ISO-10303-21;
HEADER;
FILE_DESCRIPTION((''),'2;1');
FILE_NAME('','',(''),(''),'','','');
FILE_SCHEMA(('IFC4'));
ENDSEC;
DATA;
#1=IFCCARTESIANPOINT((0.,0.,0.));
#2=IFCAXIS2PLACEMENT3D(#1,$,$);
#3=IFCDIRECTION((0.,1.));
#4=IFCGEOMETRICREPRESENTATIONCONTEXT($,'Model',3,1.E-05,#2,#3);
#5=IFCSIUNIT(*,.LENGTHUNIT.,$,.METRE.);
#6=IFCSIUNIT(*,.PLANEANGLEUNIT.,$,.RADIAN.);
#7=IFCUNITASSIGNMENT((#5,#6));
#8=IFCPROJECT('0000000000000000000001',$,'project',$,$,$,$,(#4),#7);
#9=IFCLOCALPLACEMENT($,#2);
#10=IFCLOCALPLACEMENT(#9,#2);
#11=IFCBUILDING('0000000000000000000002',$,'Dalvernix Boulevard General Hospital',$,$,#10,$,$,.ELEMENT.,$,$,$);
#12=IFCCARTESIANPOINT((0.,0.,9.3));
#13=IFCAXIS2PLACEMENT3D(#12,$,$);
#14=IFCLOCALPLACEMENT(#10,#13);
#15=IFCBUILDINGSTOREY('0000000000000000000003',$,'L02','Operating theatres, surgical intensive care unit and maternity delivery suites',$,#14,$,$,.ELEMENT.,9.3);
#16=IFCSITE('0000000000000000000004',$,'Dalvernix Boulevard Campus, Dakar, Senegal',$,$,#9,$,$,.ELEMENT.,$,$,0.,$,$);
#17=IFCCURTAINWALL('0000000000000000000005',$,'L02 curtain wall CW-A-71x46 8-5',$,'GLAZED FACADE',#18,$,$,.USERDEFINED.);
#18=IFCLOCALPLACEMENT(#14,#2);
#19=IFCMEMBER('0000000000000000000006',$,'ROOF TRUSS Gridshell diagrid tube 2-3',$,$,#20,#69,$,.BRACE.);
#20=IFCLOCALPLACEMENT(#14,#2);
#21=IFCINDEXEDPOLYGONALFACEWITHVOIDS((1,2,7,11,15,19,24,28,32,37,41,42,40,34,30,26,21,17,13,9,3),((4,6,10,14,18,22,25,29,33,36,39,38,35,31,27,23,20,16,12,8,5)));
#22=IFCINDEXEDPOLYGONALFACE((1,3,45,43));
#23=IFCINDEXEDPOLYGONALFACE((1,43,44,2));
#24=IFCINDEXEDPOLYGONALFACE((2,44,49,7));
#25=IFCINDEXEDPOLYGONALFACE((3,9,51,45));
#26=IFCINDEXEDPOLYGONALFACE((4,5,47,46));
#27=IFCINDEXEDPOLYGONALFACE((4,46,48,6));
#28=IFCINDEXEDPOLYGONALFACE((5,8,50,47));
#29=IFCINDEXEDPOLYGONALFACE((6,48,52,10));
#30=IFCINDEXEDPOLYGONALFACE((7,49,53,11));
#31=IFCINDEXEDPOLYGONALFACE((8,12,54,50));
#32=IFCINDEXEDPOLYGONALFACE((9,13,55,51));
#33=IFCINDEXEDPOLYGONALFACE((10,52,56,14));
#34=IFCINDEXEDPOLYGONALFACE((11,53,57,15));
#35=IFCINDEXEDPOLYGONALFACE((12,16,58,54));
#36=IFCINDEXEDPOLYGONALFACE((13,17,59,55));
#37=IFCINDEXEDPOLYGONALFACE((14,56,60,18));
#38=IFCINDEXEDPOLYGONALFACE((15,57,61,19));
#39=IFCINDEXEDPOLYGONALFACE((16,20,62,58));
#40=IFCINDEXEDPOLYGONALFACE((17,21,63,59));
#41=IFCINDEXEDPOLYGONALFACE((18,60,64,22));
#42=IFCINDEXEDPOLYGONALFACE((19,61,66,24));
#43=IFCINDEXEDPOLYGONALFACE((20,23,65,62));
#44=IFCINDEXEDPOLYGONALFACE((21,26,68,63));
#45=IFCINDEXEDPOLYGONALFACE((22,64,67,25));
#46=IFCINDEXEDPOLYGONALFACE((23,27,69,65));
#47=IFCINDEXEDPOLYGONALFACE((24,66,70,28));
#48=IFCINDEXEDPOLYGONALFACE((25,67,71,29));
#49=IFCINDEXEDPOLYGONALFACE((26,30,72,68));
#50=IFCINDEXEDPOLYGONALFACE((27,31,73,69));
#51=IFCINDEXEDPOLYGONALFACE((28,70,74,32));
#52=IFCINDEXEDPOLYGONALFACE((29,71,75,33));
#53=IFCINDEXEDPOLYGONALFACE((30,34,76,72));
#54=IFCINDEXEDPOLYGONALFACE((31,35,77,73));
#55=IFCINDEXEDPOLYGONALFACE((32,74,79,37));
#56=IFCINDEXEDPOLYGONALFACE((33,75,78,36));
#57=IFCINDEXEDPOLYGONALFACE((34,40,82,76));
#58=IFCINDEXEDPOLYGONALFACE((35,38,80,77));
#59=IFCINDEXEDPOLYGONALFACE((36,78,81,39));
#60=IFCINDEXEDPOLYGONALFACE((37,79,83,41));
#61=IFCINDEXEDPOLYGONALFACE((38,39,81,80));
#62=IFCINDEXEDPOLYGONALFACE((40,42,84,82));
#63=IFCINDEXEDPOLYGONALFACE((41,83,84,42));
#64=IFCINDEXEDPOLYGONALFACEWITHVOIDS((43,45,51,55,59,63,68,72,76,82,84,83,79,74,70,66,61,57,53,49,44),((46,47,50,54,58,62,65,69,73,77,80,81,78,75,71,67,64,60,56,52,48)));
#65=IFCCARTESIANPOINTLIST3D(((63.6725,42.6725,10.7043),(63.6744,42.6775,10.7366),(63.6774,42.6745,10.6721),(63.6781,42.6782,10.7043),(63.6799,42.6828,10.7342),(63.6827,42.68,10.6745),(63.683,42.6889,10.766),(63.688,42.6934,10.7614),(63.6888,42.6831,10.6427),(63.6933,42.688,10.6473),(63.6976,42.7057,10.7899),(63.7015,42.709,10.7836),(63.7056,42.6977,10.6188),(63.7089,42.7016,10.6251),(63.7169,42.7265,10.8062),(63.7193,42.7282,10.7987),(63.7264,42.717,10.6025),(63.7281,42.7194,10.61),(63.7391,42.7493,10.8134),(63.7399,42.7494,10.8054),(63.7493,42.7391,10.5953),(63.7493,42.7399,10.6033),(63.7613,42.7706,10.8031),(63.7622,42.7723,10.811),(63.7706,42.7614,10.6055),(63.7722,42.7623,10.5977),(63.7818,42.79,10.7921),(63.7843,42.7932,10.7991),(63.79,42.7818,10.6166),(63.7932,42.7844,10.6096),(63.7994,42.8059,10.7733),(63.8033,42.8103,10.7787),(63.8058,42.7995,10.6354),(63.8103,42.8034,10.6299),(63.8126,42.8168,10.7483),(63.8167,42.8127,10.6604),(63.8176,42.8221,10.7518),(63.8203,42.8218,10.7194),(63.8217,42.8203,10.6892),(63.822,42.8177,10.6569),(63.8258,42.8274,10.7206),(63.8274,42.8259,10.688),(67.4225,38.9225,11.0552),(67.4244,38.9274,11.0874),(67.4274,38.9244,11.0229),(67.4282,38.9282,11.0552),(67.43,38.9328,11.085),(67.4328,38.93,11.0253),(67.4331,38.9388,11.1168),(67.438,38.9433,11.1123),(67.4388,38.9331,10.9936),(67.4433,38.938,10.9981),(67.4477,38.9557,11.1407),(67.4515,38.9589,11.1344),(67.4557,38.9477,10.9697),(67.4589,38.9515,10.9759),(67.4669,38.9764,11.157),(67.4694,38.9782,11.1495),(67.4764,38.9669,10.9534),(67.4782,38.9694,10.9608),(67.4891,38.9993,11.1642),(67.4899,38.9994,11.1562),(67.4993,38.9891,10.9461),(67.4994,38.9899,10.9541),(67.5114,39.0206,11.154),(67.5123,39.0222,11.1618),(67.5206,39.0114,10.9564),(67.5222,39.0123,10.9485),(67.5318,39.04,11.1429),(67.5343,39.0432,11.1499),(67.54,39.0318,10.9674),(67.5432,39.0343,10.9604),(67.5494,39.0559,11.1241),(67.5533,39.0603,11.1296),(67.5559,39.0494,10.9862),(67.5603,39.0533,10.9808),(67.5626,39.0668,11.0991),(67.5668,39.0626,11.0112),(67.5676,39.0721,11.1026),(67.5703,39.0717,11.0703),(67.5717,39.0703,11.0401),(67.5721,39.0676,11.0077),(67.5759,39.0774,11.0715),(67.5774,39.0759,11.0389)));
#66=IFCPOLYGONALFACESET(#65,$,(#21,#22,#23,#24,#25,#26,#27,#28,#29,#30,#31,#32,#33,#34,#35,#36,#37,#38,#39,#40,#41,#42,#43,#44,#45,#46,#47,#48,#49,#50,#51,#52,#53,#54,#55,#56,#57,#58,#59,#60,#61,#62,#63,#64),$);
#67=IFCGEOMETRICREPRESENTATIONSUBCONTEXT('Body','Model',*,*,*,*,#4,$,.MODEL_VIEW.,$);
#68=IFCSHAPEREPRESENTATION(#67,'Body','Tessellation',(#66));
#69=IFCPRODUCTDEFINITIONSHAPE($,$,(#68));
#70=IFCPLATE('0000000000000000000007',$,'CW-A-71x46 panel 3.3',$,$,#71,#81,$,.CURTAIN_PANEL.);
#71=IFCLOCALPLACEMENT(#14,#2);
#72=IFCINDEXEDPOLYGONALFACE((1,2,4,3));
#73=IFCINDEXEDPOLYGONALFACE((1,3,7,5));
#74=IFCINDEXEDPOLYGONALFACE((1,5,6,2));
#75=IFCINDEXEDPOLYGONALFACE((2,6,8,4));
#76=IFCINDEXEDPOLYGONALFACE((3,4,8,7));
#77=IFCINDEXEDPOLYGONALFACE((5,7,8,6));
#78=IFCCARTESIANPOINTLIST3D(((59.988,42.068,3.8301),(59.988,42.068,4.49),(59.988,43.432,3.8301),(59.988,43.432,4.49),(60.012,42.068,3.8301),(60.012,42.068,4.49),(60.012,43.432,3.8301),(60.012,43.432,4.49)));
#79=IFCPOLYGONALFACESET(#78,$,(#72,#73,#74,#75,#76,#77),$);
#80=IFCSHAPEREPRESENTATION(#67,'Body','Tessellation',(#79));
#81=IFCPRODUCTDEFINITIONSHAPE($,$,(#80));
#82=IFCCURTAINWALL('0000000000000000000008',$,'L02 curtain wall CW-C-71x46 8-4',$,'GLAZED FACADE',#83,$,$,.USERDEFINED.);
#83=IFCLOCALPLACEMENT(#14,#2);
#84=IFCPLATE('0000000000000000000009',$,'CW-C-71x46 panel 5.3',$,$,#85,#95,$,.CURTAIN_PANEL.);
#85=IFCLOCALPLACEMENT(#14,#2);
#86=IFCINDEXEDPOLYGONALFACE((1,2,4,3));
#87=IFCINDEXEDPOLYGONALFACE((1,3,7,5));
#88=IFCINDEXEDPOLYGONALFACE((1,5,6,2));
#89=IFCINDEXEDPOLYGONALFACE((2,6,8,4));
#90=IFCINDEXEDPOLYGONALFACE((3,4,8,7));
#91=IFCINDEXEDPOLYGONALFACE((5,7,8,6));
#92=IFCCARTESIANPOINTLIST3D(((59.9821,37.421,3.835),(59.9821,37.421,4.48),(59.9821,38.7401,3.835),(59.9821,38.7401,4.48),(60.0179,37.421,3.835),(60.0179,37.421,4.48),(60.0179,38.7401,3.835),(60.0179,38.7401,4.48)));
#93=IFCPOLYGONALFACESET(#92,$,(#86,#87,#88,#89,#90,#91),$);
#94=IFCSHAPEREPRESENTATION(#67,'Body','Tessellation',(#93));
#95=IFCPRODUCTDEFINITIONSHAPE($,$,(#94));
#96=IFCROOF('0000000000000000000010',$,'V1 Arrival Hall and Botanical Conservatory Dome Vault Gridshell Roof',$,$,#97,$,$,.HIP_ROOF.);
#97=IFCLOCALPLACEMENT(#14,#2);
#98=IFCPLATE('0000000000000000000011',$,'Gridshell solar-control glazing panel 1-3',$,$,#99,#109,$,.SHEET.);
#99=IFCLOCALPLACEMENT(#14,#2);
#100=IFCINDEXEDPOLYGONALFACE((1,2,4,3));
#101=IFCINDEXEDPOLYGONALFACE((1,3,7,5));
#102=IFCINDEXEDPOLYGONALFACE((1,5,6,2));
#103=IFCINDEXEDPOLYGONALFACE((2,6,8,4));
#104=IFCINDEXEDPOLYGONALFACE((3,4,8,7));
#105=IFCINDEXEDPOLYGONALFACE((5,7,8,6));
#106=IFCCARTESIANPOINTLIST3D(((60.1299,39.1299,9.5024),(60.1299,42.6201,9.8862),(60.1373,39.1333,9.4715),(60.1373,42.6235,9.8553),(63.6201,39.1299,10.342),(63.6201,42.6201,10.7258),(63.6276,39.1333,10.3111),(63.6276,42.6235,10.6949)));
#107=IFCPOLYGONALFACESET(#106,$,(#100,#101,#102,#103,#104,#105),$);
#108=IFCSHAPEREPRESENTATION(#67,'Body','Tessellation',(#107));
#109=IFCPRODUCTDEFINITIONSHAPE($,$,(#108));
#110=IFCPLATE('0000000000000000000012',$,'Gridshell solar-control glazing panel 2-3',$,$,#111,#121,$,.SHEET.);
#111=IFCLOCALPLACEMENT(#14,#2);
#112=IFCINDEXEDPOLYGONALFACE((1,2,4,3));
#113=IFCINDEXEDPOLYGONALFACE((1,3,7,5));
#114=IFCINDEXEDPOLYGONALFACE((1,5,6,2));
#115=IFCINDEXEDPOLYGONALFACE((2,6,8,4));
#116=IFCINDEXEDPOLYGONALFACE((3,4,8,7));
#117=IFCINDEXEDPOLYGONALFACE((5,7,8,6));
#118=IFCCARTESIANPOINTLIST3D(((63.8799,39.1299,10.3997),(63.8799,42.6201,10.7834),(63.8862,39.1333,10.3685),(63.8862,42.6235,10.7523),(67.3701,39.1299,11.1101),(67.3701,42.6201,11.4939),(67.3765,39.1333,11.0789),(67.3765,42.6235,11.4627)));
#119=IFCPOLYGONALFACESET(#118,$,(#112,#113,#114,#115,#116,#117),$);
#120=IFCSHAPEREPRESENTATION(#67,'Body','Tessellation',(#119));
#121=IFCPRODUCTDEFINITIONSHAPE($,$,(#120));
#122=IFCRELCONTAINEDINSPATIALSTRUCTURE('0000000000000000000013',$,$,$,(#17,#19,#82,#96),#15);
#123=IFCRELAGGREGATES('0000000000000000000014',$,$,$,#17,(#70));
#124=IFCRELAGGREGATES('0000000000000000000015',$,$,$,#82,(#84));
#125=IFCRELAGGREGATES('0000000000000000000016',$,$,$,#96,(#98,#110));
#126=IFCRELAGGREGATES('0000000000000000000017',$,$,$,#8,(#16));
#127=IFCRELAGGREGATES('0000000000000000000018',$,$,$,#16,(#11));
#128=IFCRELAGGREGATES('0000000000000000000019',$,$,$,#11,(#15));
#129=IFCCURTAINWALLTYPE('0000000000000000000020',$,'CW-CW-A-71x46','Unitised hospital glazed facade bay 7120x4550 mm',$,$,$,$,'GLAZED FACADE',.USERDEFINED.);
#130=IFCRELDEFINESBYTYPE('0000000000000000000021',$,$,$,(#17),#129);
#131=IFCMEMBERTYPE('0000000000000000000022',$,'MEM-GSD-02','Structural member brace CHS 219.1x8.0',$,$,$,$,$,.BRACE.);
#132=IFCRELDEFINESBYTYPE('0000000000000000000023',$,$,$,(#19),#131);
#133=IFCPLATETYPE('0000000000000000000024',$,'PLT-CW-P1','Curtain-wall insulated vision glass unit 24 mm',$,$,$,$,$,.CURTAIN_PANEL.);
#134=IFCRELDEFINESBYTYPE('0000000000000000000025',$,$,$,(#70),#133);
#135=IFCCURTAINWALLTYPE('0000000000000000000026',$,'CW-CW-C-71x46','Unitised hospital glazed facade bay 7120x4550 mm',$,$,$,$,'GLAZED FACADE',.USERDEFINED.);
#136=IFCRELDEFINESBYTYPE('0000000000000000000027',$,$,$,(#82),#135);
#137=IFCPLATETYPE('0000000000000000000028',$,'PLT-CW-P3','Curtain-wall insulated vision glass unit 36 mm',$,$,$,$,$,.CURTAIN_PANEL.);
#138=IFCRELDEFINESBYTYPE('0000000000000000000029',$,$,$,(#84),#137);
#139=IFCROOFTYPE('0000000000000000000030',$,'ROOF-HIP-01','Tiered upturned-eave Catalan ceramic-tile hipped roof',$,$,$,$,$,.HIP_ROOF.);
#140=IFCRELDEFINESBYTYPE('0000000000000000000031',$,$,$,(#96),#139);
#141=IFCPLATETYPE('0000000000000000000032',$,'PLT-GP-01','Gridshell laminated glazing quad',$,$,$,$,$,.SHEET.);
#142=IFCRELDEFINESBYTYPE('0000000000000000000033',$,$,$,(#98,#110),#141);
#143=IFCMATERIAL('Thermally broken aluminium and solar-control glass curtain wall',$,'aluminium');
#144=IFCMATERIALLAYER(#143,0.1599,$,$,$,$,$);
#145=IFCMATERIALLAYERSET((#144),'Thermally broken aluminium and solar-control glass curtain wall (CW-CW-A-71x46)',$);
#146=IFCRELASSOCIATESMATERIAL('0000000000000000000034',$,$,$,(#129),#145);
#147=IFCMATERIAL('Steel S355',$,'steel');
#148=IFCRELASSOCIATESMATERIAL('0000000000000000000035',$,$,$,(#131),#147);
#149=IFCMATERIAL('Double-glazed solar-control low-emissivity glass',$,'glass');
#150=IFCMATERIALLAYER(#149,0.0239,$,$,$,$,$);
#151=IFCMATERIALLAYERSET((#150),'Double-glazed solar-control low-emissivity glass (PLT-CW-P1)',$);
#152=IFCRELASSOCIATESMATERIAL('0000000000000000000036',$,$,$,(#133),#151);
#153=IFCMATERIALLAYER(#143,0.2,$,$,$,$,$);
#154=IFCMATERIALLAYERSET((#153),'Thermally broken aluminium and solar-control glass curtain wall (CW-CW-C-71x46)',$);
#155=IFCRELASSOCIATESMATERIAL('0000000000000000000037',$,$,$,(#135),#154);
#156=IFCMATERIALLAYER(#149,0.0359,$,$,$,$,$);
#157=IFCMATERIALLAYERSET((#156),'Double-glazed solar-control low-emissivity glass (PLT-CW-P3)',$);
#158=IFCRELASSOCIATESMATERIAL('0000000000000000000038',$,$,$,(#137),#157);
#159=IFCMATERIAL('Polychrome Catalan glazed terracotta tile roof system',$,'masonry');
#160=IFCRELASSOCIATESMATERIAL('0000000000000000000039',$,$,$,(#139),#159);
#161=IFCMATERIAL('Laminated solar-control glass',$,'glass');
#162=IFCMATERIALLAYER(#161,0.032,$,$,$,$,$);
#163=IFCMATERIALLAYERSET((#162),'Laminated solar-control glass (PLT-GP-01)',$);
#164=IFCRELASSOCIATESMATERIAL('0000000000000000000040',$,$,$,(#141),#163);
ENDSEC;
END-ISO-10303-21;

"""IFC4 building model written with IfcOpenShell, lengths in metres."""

from ifc_helpers import new_model, si_unit, direction, frame, origin, origin_2d, place, context, subcontext, project, spatial, polyline, rectangle, hollow_circle, outline, extrude, material, layer, layer_set, material_profile, profile_set, type_object, element, aggregate, save


model = new_model("IFC4")

# Units and contexts
model_context = context("Model", 3, precision=1e-05, world=origin(), true_north=direction((0.0, 1.0)))
body_context = subcontext(model_context, "Body", "Model", "MODEL_VIEW")
ifc_project = project(units=[si_unit("LENGTHUNIT", "METRE"), si_unit("PLANEANGLEUNIT", "RADIAN")], contexts=[model_context])

# Site, building, storey
site_placement = place(None, origin())
site = spatial("IfcSite", under=ifc_project, at=site_placement, Name="Dalvernix Boulevard Campus, Dakar, Senegal", CompositionType="ELEMENT", RefElevation=0.0)
building_placement = place(site_placement, origin())
building = spatial("IfcBuilding", under=site, at=building_placement, Name="Dalvernix Boulevard General Hospital", CompositionType="ELEMENT")
storey_placement = place(building_placement, frame((0.0, 0.0, 9.3)))
storey = spatial("IfcBuildingStorey", under=building, at=storey_placement, Name="L02", Description="Operating theatres, surgical intensive care unit and maternity delivery suites", CompositionType="ELEMENT", Elevation=9.3)

# Shared definitions
ifc_material_1 = material(Name="Steel S355", Category="steel")

# Shared definitions
ifc_material_2 = material(Name="Thermally broken aluminium and solar-control glass curtain wall", Category="aluminium")

# Curtain wall
ifc_layer_1 = layer(ifc_material_2, 0.1599)
ifc_layer_set_1 = layer_set([ifc_layer_1], Name="Thermally broken aluminium and solar-control glass curtain wall (CW-CW-A-71x46)")
curtain_wall_type_1 = type_object("IfcCurtainWallType", Name="CW-CW-A-71x46", Description="Unitised hospital glazed facade bay 7120x4550 mm", ElementType="GLAZED FACADE", PredefinedType="USERDEFINED", material=ifc_layer_set_1)
curtain_wall_1_placement = place(storey_placement, origin())
curtain_wall_1 = element("IfcCurtainWall", 1, at=curtain_wall_1_placement, inside=storey, type_object=curtain_wall_type_1, Name="L02 curtain wall CW-A-71x46 8-5", ObjectType="GLAZED FACADE", PredefinedType="USERDEFINED")

# Member
ifc_material_profile_1 = material_profile(ifc_material_1, hollow_circle(Radius=0.1096, WallThickness=0.0081, at=origin_2d()), Name="CHS 219.1x8.0")
ifc_profile_set_1 = profile_set([ifc_material_profile_1], Name="Steel S355")
member_type_1 = type_object("IfcMemberType", Name="MEM-GSD-02", Description="Structural member brace CHS 219.1x8.0", PredefinedType="BRACE", material=ifc_profile_set_1)
member_1_placement = place(storey_placement, frame((67.5, 39.0, 11.0552), z_axis=(-0.705565, 0.705565, -0.066009), x_axis=(-0.707107, -0.707107, 0.0)))
element("IfcMember", 2, at=member_1_placement, inside=storey, type_object=member_type_1, Name="ROOF TRUSS Gridshell diagrid tube 2-3", PredefinedType="BRACE", context=body_context, shape_type="SweptSolid", body=[
    extrude(hollow_circle(Radius=0.1096, WallThickness=0.0081, at=origin_2d()), origin(), (0.0, 0.0, 1.0), 5.3149),
])

# Plate
ifc_material_3 = material(Name="Double-glazed solar-control low-emissivity glass", Category="glass")
ifc_layer_2 = layer(ifc_material_3, 0.0239)
ifc_layer_set_2 = layer_set([ifc_layer_2], Name="Double-glazed solar-control low-emissivity glass (PLT-CW-P1)")
plate_type_1 = type_object("IfcPlateType", Name="PLT-CW-P1", Description="Curtain-wall insulated vision glass unit 24 mm", PredefinedType="CURTAIN_PANEL", material=ifc_layer_set_2)
plate_1_placement = place(storey_placement, frame((60.0, 42.75, 3.8301), z_axis=(0.0, 0.0, 1.0), x_axis=(0.0, 1.0, 0.0)))
plate_1 = element("IfcPlate", 3, at=plate_1_placement, type_object=plate_type_1, Name="CW-A-71x46 panel 3.3", PredefinedType="CURTAIN_PANEL", context=body_context, shape_type="SweptSolid", body=[
    extrude(rectangle(XDim=1.364, YDim=0.0239, at=origin_2d()), origin(), (0.0, 0.0, 1.0), 0.6599),
])
aggregate(curtain_wall_1, [plate_1])

# Curtain wall, plate
ifc_layer_3 = layer(ifc_material_2, 0.2)
ifc_layer_set_3 = layer_set([ifc_layer_3], Name="Thermally broken aluminium and solar-control glass curtain wall (CW-CW-C-71x46)")
curtain_wall_type_2 = type_object("IfcCurtainWallType", Name="CW-CW-C-71x46", Description="Unitised hospital glazed facade bay 7120x4550 mm", ElementType="GLAZED FACADE", PredefinedType="USERDEFINED", material=ifc_layer_set_3)
curtain_wall_2_placement = place(storey_placement, origin())
curtain_wall_2 = element("IfcCurtainWall", 4, at=curtain_wall_2_placement, inside=storey, type_object=curtain_wall_type_2, Name="L02 curtain wall CW-C-71x46 8-4", ObjectType="GLAZED FACADE", PredefinedType="USERDEFINED")
ifc_layer_4 = layer(ifc_material_3, 0.0359)
ifc_layer_set_4 = layer_set([ifc_layer_4], Name="Double-glazed solar-control low-emissivity glass (PLT-CW-P3)")
plate_type_2 = type_object("IfcPlateType", Name="PLT-CW-P3", Description="Curtain-wall insulated vision glass unit 36 mm", PredefinedType="CURTAIN_PANEL", material=ifc_layer_set_4)
plate_2_placement = place(storey_placement, frame((60.0, 38.0806, 3.835), z_axis=(0.0, 0.0, 1.0), x_axis=(0.0, 1.0, 0.0)))
plate_2 = element("IfcPlate", 5, at=plate_2_placement, type_object=plate_type_2, Name="CW-C-71x46 panel 5.3", PredefinedType="CURTAIN_PANEL", context=body_context, shape_type="SweptSolid", body=[
    extrude(rectangle(XDim=1.3191, YDim=0.0359, at=origin_2d()), origin(), (0.0, 0.0, 1.0), 0.645),
])
aggregate(curtain_wall_2, [plate_2])

# Roof, plates
ifc_material_4 = material(Name="Polychrome Catalan glazed terracotta tile roof system", Category="masonry")
roof_type = type_object("IfcRoofType", Name="ROOF-HIP-01", Description="Tiered upturned-eave Catalan ceramic-tile hipped roof", PredefinedType="HIP_ROOF", material=ifc_material_4)
roof_placement = place(storey_placement, origin())
roof = element("IfcRoof", 6, at=roof_placement, inside=storey, type_object=roof_type, Name="V1 Arrival Hall and Botanical Conservatory Dome Vault Gridshell Roof", PredefinedType="HIP_ROOF")
ifc_material_5 = material(Name="Laminated solar-control glass", Category="glass")
ifc_layer_5 = layer(ifc_material_5, 0.032)
ifc_layer_set_5 = layer_set([ifc_layer_5], Name="Laminated solar-control glass (PLT-GP-01)")
plate_type_3 = type_object("IfcPlateType", Name="PLT-GP-01", Description="Gridshell laminated glazing quad", PredefinedType="SHEET", material=ifc_layer_set_5)
plate_3_placement = place(storey_placement, frame((60.1299, 39.1299, 9.5024), z_axis=(-0.232559, -0.106305, 0.966755), x_axis=(0.972264, 0.0, 0.233885)))
plate_3 = element("IfcPlate", 7, at=plate_3_placement, type_object=plate_type_3, Name="Gridshell solar-control glazing panel 1-3", PredefinedType="SHEET", context=body_context, shape_type="SweptSolid", body=[
    extrude(outline(polyline([(0.0, 0.0), (3.5898, 0.0), (3.6796, 3.5101), (0.0898, 3.5101), (0.0, 0.0)])), origin(), (0.0, 0.0, -1.0), 0.032),
])
plate_4_placement = place(storey_placement, frame((63.8799, 39.1299, 10.3997), z_axis=(-0.198315, -0.107131, 0.974266), x_axis=(0.979905, 0.0, 0.199463)))
plate_4 = element("IfcPlate", 8, at=plate_4_placement, type_object=plate_type_3, Name="Gridshell solar-control glazing panel 2-3", PredefinedType="SHEET", context=body_context, shape_type="SweptSolid", body=[
    extrude(outline(polyline([(0.0, 0.0), (3.5618, 0.0), (3.6384, 3.5104), (0.0766, 3.5104), (0.0, 0.0)])), origin(), (0.0, 0.0, -1.0), 0.032),
])
aggregate(roof, [plate_3, plate_4])

save(model, "model.ifc")
